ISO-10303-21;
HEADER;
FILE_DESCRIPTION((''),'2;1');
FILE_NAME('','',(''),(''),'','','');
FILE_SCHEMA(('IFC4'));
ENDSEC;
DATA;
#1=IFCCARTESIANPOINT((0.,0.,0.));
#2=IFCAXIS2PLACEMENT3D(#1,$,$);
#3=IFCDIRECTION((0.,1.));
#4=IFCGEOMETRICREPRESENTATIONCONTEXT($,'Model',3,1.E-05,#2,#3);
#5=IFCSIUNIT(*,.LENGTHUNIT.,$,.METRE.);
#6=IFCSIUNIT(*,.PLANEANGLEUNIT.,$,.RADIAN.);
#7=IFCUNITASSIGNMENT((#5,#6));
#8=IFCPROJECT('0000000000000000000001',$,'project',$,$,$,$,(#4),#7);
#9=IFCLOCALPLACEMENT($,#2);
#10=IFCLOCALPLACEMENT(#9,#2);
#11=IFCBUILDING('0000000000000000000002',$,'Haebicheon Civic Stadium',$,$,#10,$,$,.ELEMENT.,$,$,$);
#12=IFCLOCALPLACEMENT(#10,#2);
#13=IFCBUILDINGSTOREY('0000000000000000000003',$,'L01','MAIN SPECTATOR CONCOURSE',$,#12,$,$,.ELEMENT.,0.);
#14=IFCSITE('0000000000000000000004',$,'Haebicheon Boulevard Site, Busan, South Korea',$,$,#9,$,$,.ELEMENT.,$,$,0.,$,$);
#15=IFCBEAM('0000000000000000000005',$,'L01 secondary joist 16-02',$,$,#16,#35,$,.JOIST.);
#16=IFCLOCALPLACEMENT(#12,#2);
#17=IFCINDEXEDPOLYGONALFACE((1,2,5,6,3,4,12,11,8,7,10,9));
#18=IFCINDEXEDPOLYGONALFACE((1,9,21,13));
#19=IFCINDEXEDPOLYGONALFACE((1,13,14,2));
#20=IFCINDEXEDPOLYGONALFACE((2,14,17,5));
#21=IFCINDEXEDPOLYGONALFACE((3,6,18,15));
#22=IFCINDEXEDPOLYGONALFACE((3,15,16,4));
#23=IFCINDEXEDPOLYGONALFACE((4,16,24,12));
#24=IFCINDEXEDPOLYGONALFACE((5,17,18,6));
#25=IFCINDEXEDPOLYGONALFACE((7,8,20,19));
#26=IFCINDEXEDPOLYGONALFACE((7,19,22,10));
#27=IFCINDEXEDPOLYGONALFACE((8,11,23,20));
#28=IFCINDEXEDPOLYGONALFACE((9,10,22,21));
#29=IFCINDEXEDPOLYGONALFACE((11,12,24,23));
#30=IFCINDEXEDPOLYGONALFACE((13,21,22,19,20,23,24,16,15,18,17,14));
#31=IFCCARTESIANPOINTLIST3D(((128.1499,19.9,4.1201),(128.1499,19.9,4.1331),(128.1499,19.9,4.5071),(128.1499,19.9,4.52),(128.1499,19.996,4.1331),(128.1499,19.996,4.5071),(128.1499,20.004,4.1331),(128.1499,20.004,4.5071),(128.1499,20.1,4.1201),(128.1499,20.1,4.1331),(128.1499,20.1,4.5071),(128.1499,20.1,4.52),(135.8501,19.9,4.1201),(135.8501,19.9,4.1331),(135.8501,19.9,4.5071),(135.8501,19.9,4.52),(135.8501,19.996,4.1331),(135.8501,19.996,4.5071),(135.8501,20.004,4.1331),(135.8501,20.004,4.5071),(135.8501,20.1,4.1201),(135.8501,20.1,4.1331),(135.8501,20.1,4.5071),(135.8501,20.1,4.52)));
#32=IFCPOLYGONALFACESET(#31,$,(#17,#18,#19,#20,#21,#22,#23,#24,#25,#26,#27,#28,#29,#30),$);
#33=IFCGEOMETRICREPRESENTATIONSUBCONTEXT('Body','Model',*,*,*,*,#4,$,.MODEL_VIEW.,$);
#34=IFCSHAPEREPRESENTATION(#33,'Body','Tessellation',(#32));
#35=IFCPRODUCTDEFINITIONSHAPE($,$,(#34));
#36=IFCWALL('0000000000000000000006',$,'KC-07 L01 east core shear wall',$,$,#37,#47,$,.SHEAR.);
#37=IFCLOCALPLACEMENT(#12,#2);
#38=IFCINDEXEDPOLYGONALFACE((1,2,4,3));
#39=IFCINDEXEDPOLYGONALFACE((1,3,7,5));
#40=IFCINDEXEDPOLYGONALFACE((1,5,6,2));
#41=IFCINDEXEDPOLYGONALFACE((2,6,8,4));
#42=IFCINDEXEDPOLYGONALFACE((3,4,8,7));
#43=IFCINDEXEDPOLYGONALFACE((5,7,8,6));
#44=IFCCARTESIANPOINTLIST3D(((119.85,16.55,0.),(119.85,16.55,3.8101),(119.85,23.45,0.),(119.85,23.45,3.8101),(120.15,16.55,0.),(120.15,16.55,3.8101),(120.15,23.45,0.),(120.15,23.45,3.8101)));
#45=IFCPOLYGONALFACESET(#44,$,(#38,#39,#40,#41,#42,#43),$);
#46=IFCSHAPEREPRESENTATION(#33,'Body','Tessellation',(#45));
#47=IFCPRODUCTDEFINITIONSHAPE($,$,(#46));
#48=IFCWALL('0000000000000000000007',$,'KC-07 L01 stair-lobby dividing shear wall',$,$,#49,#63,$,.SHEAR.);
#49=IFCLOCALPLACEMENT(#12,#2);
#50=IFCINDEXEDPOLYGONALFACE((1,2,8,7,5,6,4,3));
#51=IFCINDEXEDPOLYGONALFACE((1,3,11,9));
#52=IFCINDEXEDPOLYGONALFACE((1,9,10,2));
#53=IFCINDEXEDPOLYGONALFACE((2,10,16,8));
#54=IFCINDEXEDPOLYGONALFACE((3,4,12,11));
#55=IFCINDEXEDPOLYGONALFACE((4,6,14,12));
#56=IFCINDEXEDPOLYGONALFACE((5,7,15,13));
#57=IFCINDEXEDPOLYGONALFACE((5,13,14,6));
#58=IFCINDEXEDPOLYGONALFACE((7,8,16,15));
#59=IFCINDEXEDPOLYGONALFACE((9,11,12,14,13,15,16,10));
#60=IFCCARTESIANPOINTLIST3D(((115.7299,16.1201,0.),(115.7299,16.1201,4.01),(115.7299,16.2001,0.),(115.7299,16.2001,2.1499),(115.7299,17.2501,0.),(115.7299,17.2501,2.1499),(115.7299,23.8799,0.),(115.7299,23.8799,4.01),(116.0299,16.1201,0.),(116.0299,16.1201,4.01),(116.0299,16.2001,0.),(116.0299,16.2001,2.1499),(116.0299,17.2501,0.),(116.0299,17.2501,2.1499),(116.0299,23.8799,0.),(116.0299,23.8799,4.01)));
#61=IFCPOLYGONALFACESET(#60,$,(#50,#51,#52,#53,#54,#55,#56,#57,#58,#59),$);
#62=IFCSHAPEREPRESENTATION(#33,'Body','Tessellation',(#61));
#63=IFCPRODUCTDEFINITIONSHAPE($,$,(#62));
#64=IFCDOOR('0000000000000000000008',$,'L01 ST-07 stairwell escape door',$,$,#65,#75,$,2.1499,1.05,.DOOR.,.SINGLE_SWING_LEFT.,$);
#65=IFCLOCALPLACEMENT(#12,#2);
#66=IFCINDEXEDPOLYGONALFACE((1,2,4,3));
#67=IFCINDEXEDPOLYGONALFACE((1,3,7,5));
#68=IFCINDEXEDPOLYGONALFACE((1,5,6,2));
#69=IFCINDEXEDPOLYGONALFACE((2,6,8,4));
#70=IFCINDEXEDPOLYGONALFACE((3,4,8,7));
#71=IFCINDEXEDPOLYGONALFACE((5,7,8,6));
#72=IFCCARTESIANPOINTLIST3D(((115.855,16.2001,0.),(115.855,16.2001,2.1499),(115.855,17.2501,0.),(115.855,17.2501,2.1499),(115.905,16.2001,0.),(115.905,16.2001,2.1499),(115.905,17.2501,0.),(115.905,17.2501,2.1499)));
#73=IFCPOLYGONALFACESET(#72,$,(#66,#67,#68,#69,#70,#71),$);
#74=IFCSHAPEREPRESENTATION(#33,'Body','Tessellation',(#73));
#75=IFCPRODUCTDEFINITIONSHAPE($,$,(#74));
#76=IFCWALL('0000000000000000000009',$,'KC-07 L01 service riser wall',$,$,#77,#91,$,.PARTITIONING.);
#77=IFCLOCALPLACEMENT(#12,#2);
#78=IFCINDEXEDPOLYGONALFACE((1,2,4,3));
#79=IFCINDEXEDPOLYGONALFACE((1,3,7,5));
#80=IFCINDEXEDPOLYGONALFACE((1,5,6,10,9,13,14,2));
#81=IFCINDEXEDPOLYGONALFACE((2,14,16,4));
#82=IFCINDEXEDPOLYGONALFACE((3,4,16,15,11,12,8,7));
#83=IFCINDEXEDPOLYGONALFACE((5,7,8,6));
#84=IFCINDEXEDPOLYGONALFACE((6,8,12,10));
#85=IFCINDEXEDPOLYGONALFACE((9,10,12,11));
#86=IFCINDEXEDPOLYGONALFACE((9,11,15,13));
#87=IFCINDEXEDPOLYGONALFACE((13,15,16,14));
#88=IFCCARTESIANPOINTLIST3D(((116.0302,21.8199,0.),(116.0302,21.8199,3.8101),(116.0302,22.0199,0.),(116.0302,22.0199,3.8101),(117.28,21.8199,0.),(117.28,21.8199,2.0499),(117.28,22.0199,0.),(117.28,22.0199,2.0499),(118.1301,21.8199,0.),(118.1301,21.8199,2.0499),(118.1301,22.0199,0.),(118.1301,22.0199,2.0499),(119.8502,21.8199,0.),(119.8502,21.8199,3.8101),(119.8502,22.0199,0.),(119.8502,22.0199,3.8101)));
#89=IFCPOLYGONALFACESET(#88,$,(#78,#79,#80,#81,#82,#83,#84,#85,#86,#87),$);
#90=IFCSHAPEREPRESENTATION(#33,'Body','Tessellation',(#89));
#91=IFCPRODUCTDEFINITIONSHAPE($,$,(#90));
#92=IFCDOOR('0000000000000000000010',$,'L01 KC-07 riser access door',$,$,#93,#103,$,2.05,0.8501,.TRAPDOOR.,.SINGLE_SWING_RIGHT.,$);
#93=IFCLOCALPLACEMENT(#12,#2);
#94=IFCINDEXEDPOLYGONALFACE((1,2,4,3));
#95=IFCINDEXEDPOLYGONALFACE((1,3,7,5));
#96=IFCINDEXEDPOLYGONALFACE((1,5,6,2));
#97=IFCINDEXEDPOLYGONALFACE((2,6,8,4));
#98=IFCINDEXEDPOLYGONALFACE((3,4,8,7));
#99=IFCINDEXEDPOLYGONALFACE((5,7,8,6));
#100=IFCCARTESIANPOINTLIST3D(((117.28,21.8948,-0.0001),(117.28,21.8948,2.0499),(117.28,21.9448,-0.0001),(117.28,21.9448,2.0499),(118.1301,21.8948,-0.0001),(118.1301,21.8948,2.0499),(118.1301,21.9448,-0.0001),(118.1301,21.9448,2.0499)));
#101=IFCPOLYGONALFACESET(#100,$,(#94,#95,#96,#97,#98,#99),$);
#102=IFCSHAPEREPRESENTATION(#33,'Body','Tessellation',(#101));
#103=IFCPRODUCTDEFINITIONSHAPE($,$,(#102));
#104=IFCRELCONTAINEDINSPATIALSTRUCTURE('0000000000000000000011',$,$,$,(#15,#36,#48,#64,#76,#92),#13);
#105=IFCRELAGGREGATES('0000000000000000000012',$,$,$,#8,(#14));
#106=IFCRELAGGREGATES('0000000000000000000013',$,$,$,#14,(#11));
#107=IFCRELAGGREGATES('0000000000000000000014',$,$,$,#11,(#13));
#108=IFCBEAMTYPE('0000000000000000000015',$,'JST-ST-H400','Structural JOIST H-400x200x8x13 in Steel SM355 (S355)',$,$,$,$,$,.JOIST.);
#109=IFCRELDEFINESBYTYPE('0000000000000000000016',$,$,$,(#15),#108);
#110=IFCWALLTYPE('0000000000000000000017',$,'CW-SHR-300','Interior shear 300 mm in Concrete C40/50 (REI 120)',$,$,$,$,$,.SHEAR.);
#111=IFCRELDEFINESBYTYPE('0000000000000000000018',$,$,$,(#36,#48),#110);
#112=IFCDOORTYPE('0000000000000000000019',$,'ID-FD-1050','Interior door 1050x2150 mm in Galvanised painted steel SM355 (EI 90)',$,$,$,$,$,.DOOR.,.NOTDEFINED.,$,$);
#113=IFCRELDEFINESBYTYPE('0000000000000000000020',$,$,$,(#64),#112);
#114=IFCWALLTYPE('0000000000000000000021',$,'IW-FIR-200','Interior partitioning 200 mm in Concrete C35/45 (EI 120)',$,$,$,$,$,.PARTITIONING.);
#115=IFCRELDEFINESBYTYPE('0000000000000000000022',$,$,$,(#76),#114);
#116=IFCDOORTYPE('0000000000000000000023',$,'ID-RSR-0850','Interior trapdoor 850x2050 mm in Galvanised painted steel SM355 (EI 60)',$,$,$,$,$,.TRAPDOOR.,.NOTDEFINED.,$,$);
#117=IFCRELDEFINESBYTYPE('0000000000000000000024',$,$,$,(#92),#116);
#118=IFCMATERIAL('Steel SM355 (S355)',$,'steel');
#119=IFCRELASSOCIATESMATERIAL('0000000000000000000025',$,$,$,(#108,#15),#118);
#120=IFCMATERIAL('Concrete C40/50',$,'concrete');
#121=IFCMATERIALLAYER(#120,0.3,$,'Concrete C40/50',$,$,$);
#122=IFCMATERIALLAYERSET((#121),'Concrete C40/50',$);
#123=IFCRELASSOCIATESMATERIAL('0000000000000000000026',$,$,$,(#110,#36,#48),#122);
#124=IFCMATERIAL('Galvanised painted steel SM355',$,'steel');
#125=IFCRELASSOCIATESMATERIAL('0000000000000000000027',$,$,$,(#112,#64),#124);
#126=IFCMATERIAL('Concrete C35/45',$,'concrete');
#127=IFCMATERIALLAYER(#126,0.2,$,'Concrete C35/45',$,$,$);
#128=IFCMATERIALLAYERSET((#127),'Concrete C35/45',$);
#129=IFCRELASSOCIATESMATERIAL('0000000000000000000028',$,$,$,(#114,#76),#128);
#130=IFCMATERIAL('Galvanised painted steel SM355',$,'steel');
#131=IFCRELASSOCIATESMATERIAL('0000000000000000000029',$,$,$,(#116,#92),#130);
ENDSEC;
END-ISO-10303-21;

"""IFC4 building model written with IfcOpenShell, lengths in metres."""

from ifc_helpers import new_model, si_unit, direction, frame, frame_2d, origin, origin_2d, place, context, subcontext, project, spatial, rectangle, i_section, extrude, material, layer, layer_set, material_profile, profile_set, type_object, element, fill, save


model = new_model("IFC4")

# Units and contexts
model_context = context("Model", 3, precision=1e-05, world=origin(), true_north=direction((0.0, 1.0)))
body_context = subcontext(model_context, "Body", "Model", "MODEL_VIEW")
ifc_project = project(units=[si_unit("LENGTHUNIT", "METRE"), si_unit("PLANEANGLEUNIT", "RADIAN")], contexts=[model_context])

# Site, building, storey
site_placement = place(None, origin())
site = spatial("IfcSite", under=ifc_project, at=site_placement, Name="Haebicheon Boulevard Site, Busan, South Korea", CompositionType="ELEMENT", RefElevation=0.0)
building_placement = place(site_placement, origin())
building = spatial("IfcBuilding", under=site, at=building_placement, Name="Haebicheon Civic Stadium", CompositionType="ELEMENT")
storey_placement = place(building_placement, origin())
storey = spatial("IfcBuildingStorey", under=building, at=storey_placement, Name="L01", Description="MAIN SPECTATOR CONCOURSE", CompositionType="ELEMENT", Elevation=0.0)

# Beam
ifc_material_1 = material(Name="Steel SM355 (S355)", Category="steel")
ifc_material_profile_1 = material_profile(ifc_material_1, i_section(OverallWidth=0.2, OverallDepth=0.3999, WebThickness=0.0081, FlangeThickness=0.0129, at=origin_2d()), Name="H-400x200x8x13")
ifc_profile_set_1 = profile_set([ifc_material_profile_1], Name="Steel SM355 (S355)")
beam_type_1 = type_object("IfcBeamType", Name="JST-ST-H400", Description="Structural JOIST H-400x200x8x13 in Steel SM355 (S355)", PredefinedType="JOIST", material=ifc_profile_set_1)
for number, where, z_axis, x_axis, name in (
    (1, (128.1499, 20.0, 4.3201), (1.0, 0.0, 0.0), (0.0, 1.0, 0.0), "L01 secondary joist 16-02"),
):
    element("IfcBeam", number, at=place(storey_placement, frame(where, z_axis=z_axis, x_axis=x_axis)), inside=storey, type_object=beam_type_1, material=ifc_profile_set_1, Name=name, PredefinedType="JOIST", context=body_context, shape_type="SweptSolid", body=[
        extrude(i_section(OverallWidth=0.2, OverallDepth=0.3999, WebThickness=0.0081, FlangeThickness=0.0129, at=origin_2d()), origin(), (0.0, 0.0, 1.0), 7.7002),
    ])

# Wall
ifc_material_2 = material(Name="Concrete C40/50", Category="concrete")
ifc_layer_1 = layer(ifc_material_2, 0.3, Name="Concrete C40/50")
ifc_layer_set_1 = layer_set([ifc_layer_1], Name="Concrete C40/50")
wall_type_1 = type_object("IfcWallType", Name="CW-SHR-300", Description="Interior shear 300 mm in Concrete C40/50 (REI 120)", PredefinedType="SHEAR", material=ifc_layer_set_1)
wall_1_placement = place(storey_placement, frame((120.0, 16.55, 0.0), z_axis=(0.0, 0.0, 1.0), x_axis=(0.0, 1.0, 0.0)))
element("IfcWall", 2, at=wall_1_placement, inside=storey, type_object=wall_type_1, material=ifc_layer_set_1, Name="KC-07 L01 east core shear wall", PredefinedType="SHEAR", context=body_context, shape_type="SweptSolid", body=[
    extrude(rectangle(XDim=6.8999, YDim=0.3, at=frame_2d((3.45, 0.0))), origin(), (0.0, 0.0, 1.0), 3.8101),
])

# Walls, openings, doors
wall_2_placement = place(storey_placement, frame((115.8799, 16.1201, 0.0), z_axis=(0.0, 0.0, 1.0), x_axis=(0.0, 1.0, 0.0)))
wall_2 = element("IfcWall", 3, at=wall_2_placement, inside=storey, type_object=wall_type_1, material=ifc_layer_set_1, Name="KC-07 L01 stair-lobby dividing shear wall", PredefinedType="SHEAR", context=body_context, shape_type="SweptSolid", body=[
    extrude(rectangle(XDim=7.7598, YDim=0.3, at=frame_2d((3.8799, 0.0))), origin(), (0.0, 0.0, 1.0), 4.01),
])
opening_1_placement = place(wall_2_placement, frame((0.0801, 0.0, 0.0)))
opening_1 = element("IfcOpeningElement", 4, at=opening_1_placement, cuts=wall_2, PredefinedType="OPENING", context=body_context, shape_type="SweptSolid", body=[
    extrude(rectangle(XDim=1.05, YDim=2.1499, at=frame_2d((0.5249, 1.075))), frame((0.0, 0.1599, 0.0), z_axis=(0.0, -1.0, 0.0), x_axis=(1.0, 0.0, 0.0)), (0.0, 0.0, 1.0), 0.3201),
])
ifc_material_3 = material(Name="Galvanised painted steel SM355", Category="steel")
door_type_1 = type_object("IfcDoorType", Name="ID-FD-1050", Description="Interior door 1050x2150 mm in Galvanised painted steel SM355 (EI 90)", OperationType="NOTDEFINED", PredefinedType="DOOR", material=ifc_material_3)
door_1_placement = place(opening_1_placement, origin())
door_1 = element("IfcDoor", 5, at=door_1_placement, inside=storey, type_object=door_type_1, material=ifc_material_3, Name="L01 ST-07 stairwell escape door", OperationType="SINGLE_SWING_LEFT", OverallHeight=2.1499, OverallWidth=1.05, PredefinedType="DOOR", context=body_context, shape_type="SweptSolid", body=[
    extrude(rectangle(XDim=1.05, YDim=2.1499, at=frame_2d((0.5249, 1.075))), frame((0.0, 0.0249, 0.0), z_axis=(0.0, -1.0, 0.0), x_axis=(1.0, 0.0, 0.0)), (0.0, 0.0, 1.0), 0.05),
])
fill(opening_1, door_1)
ifc_material_4 = material(Name="Concrete C35/45", Category="concrete")
ifc_layer_2 = layer(ifc_material_4, 0.2, Name="Concrete C35/45")
ifc_layer_set_2 = layer_set([ifc_layer_2], Name="Concrete C35/45")
wall_type_2 = type_object("IfcWallType", Name="IW-FIR-200", Description="Interior partitioning 200 mm in Concrete C35/45 (EI 120)", PredefinedType="PARTITIONING", material=ifc_layer_set_2)
wall_3_placement = place(storey_placement, frame((116.03, 21.9199, 0.0), z_axis=(0.0, 0.0, 1.0), x_axis=(1.0, 0.0, 0.0)))
wall_3 = element("IfcWall", 6, at=wall_3_placement, inside=storey, type_object=wall_type_2, material=ifc_layer_set_2, Name="KC-07 L01 service riser wall", PredefinedType="PARTITIONING", context=body_context, shape_type="SweptSolid", body=[
    extrude(rectangle(XDim=3.8201, YDim=0.2, at=frame_2d((1.9102, 0.0))), origin(), (0.0, 0.0, 1.0), 3.8101),
])
opening_2_placement = place(wall_3_placement, frame((1.25, 0.0, 0.0)))
opening_2 = element("IfcOpeningElement", 7, at=opening_2_placement, cuts=wall_3, PredefinedType="OPENING", context=body_context, shape_type="SweptSolid", body=[
    extrude(rectangle(XDim=0.8501, YDim=2.05, at=frame_2d((0.425, 1.0249))), frame((0.0, 0.1099, 0.0), z_axis=(0.0, -1.0, 0.0), x_axis=(1.0, 0.0, 0.0)), (0.0, 0.0, 1.0), 0.22),
])
ifc_material_5 = material(Name="Galvanised painted steel SM355", Category="steel")
door_type_2 = type_object("IfcDoorType", Name="ID-RSR-0850", Description="Interior trapdoor 850x2050 mm in Galvanised painted steel SM355 (EI 60)", OperationType="NOTDEFINED", PredefinedType="TRAPDOOR", material=ifc_material_5)
door_2_placement = place(opening_2_placement, origin())
door_2 = element("IfcDoor", 8, at=door_2_placement, inside=storey, type_object=door_type_2, material=ifc_material_5, Name="L01 KC-07 riser access door", OperationType="SINGLE_SWING_RIGHT", OverallHeight=2.05, OverallWidth=0.8501, PredefinedType="TRAPDOOR", context=body_context, shape_type="SweptSolid", body=[
    extrude(rectangle(XDim=0.8501, YDim=2.05, at=frame_2d((0.425, 1.0249))), frame((0.0, 0.0249, 0.0), z_axis=(0.0, -1.0, 0.0), x_axis=(1.0, 0.0, 0.0)), (0.0, 0.0, 1.0), 0.05),
])
fill(opening_2, door_2)

save(model, "model.ifc")
